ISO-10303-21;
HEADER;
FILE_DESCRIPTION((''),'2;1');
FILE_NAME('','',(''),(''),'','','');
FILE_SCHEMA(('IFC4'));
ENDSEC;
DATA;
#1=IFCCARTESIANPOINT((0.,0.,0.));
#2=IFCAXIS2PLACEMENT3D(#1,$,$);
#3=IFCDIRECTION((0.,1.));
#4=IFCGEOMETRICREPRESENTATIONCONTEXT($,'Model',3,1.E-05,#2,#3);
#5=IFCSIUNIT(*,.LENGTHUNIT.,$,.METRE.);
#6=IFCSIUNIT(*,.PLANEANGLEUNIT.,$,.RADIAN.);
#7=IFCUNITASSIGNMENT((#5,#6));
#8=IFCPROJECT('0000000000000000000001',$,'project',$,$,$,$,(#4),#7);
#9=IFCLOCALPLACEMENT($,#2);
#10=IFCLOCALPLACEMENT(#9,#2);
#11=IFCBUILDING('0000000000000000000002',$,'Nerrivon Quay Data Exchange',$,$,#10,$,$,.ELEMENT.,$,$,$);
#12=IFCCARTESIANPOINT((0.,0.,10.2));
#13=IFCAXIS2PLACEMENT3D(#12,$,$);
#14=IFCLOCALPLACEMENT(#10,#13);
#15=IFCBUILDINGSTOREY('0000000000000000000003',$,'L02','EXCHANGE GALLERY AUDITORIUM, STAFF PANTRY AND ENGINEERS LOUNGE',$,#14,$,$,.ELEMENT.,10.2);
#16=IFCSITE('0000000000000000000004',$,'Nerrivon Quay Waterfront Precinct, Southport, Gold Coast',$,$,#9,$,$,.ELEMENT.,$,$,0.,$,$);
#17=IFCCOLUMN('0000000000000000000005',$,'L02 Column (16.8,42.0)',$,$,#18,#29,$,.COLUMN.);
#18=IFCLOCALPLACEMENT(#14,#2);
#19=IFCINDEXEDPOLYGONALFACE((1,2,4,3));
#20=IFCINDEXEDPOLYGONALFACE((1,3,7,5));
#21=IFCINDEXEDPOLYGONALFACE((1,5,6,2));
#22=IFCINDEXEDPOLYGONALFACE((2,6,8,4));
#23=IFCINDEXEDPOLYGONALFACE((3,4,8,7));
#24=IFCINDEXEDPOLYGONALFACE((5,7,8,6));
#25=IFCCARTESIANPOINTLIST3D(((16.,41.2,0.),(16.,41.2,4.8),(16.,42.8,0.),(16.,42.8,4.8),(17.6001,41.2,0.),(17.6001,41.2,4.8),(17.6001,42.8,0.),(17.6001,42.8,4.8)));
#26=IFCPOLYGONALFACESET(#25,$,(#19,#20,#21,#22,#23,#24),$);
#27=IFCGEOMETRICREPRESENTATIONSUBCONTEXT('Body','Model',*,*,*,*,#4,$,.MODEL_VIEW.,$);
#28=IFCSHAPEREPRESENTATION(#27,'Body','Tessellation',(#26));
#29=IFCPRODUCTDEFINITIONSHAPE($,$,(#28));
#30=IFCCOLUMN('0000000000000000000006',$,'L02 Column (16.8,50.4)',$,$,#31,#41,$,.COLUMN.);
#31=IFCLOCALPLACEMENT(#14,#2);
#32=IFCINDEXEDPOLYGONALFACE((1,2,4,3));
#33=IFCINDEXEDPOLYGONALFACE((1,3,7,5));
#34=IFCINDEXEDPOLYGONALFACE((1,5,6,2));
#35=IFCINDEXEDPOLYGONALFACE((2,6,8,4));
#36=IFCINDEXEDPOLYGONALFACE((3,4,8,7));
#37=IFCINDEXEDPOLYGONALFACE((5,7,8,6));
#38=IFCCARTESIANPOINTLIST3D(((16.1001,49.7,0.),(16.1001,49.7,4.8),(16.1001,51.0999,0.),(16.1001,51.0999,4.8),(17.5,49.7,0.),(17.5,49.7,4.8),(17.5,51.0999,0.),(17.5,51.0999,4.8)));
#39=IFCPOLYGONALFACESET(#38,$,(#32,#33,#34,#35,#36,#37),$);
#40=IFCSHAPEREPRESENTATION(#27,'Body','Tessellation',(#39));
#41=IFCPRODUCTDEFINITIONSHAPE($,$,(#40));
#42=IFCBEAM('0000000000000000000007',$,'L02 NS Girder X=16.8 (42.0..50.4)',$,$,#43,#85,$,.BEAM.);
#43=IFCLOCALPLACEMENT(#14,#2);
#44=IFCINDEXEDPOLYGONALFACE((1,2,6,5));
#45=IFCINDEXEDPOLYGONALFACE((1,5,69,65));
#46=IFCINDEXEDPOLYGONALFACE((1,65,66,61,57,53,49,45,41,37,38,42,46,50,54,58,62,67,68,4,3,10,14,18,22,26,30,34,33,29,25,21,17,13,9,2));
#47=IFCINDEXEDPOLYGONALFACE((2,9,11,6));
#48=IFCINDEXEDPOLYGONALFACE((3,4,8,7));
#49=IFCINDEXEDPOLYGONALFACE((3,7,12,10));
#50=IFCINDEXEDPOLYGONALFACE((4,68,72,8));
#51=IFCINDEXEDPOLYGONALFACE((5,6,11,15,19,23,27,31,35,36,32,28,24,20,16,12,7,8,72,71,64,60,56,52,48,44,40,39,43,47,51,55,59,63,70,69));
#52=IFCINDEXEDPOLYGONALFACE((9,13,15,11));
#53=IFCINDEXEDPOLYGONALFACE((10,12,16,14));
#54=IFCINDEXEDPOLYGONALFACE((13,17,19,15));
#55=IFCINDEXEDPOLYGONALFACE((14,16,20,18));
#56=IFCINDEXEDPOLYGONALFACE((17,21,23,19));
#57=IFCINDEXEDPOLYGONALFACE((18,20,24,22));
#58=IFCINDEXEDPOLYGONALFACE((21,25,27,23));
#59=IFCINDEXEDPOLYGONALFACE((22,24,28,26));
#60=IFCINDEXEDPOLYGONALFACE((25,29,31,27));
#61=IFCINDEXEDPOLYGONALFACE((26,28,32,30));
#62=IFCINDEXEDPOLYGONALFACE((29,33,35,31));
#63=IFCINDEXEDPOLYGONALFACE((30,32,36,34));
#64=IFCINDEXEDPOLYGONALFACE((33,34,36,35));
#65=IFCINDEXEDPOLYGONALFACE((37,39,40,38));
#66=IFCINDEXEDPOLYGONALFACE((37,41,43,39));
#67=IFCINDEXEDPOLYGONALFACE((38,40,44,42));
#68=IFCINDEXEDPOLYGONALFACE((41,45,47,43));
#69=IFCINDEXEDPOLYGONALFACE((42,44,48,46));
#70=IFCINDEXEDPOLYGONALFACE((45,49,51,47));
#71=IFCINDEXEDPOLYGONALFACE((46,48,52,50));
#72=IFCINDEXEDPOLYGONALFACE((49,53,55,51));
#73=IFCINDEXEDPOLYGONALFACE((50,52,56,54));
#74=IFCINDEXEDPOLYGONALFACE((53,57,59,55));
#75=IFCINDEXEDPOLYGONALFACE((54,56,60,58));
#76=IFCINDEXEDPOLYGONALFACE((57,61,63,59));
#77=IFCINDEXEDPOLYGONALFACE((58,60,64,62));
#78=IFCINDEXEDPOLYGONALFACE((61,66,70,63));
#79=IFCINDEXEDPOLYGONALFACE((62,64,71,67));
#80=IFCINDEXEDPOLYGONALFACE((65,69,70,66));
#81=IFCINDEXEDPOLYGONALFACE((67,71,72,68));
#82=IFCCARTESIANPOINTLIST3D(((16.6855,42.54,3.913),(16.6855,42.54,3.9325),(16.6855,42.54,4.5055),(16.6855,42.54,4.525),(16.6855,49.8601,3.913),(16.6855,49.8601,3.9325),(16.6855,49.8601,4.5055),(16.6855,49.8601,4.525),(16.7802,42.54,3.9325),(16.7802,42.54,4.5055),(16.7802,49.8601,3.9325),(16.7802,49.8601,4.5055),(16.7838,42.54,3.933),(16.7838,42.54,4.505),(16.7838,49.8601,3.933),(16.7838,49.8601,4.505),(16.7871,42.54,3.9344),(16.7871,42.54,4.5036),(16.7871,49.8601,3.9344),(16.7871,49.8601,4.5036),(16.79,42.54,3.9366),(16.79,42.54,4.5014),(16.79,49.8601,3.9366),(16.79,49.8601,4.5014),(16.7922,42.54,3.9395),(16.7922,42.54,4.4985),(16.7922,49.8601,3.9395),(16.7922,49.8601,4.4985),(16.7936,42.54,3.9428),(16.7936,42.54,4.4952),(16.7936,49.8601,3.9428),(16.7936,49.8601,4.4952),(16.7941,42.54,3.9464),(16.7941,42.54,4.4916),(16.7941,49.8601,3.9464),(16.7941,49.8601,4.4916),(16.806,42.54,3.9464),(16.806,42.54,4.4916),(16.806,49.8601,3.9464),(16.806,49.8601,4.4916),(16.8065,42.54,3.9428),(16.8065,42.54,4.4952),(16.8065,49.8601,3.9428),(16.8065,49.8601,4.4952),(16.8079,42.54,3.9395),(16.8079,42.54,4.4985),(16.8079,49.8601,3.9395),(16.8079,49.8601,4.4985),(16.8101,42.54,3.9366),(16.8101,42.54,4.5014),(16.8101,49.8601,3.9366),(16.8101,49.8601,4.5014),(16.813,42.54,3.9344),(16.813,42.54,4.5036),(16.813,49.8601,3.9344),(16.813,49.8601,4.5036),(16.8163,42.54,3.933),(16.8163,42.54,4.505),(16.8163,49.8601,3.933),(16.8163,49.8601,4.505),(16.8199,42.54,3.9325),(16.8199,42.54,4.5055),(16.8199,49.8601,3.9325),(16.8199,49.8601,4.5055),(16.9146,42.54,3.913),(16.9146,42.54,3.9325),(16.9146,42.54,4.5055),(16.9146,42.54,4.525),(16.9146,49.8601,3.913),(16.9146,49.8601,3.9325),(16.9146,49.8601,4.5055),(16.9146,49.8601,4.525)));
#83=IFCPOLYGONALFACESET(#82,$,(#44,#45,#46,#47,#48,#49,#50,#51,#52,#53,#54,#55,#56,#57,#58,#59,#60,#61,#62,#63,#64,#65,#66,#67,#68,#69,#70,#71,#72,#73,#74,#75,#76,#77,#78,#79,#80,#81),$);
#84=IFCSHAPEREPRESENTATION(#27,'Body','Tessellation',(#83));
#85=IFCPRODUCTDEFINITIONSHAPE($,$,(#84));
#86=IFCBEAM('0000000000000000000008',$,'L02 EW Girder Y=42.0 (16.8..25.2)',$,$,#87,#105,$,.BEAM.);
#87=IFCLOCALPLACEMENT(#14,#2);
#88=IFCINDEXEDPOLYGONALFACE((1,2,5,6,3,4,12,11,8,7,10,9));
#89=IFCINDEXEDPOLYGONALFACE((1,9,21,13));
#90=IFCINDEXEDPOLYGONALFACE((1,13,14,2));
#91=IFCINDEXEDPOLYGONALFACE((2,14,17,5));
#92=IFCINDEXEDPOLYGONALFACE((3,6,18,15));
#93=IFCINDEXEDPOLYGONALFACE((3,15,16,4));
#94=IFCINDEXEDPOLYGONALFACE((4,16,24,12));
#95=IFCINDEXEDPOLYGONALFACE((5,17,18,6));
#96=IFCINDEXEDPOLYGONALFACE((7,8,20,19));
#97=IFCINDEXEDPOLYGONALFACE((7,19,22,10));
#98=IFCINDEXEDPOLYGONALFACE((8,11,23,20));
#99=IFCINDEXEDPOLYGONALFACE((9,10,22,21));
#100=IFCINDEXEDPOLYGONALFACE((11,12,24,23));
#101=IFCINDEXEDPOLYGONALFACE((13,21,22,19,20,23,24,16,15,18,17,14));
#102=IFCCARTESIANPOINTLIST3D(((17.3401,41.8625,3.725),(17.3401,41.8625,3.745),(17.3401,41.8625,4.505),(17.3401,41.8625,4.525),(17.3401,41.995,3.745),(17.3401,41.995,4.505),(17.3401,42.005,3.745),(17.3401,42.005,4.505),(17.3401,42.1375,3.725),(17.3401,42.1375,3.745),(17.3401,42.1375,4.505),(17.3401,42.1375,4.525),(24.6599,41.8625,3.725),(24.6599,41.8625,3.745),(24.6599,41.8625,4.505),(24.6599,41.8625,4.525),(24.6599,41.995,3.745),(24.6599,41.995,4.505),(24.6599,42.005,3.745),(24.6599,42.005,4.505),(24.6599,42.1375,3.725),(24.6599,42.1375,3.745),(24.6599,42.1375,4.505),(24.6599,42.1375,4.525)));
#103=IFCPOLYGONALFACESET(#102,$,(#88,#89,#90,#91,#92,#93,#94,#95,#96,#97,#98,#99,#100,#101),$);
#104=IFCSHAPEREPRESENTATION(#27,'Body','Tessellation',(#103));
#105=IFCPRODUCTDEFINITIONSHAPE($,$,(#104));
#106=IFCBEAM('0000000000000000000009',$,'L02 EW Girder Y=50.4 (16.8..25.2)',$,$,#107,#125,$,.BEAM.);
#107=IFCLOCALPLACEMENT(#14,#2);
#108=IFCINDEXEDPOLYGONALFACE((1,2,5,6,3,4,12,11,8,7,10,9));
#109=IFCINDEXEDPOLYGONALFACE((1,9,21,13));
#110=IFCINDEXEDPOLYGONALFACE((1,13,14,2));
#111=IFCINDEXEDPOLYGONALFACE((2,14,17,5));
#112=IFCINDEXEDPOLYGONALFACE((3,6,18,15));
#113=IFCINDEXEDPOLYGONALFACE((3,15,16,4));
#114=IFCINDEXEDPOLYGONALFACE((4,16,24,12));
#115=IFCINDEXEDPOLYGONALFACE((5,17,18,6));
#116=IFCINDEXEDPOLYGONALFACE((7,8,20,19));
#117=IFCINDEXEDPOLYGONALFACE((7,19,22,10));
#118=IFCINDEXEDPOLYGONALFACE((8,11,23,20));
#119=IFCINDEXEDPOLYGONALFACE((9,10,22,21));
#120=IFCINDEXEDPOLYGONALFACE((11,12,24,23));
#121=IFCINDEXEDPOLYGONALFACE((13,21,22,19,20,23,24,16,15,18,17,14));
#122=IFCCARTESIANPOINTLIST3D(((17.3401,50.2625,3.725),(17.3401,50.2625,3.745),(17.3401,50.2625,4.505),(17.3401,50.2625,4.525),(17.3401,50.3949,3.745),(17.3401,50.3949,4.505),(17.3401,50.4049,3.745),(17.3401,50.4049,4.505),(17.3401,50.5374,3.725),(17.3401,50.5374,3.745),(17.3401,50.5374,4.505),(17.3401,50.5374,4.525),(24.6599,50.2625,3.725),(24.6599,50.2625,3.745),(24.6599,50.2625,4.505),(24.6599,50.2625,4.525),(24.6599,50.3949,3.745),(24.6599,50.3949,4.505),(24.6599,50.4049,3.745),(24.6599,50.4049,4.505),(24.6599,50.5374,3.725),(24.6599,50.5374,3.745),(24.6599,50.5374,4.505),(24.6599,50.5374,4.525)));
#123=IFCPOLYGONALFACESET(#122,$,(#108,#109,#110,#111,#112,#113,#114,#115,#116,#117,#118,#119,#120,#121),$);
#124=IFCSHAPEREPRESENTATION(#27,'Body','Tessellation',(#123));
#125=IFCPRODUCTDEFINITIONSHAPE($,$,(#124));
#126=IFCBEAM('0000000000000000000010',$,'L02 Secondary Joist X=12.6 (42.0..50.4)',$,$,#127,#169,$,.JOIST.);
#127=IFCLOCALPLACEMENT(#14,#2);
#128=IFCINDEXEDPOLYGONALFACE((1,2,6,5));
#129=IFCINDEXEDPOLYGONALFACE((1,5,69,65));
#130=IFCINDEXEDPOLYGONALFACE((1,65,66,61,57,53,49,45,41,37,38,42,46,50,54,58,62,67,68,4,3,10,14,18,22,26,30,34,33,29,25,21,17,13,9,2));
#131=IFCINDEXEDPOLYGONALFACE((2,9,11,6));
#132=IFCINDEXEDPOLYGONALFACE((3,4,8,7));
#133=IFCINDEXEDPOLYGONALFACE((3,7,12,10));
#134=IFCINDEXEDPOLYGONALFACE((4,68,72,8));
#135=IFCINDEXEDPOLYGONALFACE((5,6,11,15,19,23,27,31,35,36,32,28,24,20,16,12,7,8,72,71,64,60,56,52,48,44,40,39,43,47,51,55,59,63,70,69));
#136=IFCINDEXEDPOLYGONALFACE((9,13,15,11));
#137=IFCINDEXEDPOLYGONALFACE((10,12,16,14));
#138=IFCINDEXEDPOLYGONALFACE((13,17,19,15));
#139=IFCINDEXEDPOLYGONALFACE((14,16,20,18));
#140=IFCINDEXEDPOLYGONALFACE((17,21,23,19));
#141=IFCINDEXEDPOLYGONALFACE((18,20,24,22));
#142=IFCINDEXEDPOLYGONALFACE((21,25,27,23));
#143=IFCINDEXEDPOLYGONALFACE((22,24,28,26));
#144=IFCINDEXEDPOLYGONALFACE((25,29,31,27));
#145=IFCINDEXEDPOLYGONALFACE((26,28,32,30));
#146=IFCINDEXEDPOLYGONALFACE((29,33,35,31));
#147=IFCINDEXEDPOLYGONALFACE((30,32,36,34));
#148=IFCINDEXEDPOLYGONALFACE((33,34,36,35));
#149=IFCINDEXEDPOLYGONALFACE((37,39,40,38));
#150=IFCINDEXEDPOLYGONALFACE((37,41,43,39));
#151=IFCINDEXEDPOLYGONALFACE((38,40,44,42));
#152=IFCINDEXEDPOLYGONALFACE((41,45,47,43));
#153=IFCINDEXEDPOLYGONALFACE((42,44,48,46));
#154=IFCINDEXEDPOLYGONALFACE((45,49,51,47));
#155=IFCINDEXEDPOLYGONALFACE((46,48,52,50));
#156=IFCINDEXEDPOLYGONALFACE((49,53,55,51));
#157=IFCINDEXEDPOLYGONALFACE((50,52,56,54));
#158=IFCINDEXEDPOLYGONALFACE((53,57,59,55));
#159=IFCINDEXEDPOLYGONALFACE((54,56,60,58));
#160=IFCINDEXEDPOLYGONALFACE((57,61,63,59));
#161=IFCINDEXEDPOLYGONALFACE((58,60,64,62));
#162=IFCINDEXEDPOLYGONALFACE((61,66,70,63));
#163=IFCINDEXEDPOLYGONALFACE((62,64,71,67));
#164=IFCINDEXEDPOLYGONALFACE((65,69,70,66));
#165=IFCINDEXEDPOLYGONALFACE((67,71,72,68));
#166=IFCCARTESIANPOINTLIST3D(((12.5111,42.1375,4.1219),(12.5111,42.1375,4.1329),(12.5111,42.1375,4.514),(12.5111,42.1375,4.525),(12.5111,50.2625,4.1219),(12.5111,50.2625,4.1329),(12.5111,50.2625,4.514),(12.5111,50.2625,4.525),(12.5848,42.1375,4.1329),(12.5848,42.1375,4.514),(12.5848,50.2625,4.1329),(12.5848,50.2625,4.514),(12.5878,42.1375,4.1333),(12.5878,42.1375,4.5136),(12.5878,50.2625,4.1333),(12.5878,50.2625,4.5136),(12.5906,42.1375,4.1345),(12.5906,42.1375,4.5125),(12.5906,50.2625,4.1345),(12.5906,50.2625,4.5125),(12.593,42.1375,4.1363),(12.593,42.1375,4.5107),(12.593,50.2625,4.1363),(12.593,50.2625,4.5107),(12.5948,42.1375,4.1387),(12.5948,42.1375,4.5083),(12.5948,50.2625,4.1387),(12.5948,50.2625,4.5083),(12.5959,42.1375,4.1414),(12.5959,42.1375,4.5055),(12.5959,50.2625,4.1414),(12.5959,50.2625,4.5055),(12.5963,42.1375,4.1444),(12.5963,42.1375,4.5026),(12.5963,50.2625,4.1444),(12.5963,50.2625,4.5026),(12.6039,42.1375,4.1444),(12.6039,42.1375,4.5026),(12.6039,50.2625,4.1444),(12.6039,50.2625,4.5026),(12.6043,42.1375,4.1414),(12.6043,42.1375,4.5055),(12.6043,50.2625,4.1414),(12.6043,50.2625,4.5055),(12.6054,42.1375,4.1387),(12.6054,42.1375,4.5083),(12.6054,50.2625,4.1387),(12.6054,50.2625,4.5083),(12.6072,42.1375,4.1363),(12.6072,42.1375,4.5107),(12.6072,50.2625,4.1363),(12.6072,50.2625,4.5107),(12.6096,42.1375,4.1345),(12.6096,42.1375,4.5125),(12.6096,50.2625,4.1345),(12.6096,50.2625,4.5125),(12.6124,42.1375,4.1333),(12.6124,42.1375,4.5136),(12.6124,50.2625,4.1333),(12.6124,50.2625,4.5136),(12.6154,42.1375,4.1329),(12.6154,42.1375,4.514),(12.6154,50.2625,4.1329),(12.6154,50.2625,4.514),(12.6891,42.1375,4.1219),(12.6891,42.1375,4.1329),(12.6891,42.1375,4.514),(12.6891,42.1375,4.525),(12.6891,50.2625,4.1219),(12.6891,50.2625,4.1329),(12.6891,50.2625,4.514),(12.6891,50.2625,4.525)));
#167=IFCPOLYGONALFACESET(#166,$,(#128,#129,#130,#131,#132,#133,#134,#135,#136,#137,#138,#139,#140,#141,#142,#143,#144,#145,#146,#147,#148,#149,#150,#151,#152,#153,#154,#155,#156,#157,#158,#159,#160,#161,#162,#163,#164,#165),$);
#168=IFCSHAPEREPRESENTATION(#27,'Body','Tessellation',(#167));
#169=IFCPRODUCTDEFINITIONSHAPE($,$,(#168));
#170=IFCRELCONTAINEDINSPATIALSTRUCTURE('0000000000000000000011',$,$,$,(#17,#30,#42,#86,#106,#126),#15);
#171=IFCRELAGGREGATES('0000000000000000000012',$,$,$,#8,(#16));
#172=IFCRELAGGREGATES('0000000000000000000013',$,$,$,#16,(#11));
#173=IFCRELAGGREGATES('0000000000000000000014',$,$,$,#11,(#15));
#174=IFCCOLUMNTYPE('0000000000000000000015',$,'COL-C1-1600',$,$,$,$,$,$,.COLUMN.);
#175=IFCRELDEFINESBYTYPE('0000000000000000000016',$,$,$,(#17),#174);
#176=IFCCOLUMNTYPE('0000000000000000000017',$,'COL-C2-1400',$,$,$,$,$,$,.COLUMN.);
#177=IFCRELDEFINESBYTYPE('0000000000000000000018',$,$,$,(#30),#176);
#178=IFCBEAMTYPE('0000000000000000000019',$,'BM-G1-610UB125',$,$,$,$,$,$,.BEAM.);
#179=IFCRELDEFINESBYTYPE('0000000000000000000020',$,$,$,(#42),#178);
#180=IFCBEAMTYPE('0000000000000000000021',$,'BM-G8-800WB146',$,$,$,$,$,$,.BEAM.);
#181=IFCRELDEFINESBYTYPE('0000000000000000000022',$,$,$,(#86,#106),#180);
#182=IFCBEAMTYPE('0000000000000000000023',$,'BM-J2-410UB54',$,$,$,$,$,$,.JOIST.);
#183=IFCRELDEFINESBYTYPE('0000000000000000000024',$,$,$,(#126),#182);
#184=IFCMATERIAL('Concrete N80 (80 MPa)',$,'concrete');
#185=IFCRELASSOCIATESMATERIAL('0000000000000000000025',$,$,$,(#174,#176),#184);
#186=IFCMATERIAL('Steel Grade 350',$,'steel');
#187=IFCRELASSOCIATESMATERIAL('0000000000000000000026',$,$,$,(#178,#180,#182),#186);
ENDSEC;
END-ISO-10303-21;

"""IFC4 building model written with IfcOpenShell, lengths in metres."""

from ifc_helpers import new_model, si_unit, direction, frame, origin, origin_2d, place, context, subcontext, project, spatial, rectangle, i_section, extrude, material, material_profile, profile_set, type_object, element, save


model = new_model("IFC4")

# Units and contexts
model_context = context("Model", 3, precision=1e-05, world=origin(), true_north=direction((0.0, 1.0)))
body_context = subcontext(model_context, "Body", "Model", "MODEL_VIEW")
ifc_project = project(units=[si_unit("LENGTHUNIT", "METRE"), si_unit("PLANEANGLEUNIT", "RADIAN")], contexts=[model_context])

# Site, building, storey
site_placement = place(None, origin())
site = spatial("IfcSite", under=ifc_project, at=site_placement, Name="Nerrivon Quay Waterfront Precinct, Southport, Gold Coast", CompositionType="ELEMENT", RefElevation=0.0)
building_placement = place(site_placement, origin())
building = spatial("IfcBuilding", under=site, at=building_placement, Name="Nerrivon Quay Data Exchange", CompositionType="ELEMENT")
storey_placement = place(building_placement, frame((0.0, 0.0, 10.2)))
storey = spatial("IfcBuildingStorey", under=building, at=storey_placement, Name="L02", Description="EXCHANGE GALLERY AUDITORIUM, STAFF PANTRY AND ENGINEERS LOUNGE", CompositionType="ELEMENT", Elevation=10.2)

# Columns
ifc_material_1 = material(Name="Concrete N80 (80 MPa)", Category="concrete")
ifc_material_profile_1 = material_profile(ifc_material_1, rectangle(XDim=1.6001, YDim=1.6001, at=origin_2d()), Name="RC-COL-1600x1600")
ifc_profile_set_1 = profile_set([ifc_material_profile_1], Name="Concrete N80 (80 MPa)")
column_type_1 = type_object("IfcColumnType", Name="COL-C1-1600", PredefinedType="COLUMN", material=ifc_profile_set_1)
column_1_placement = place(storey_placement, frame((16.8, 42.0, 0.0), z_axis=(0.0, 0.0, 1.0), x_axis=(1.0, 0.0, 0.0)))
element("IfcColumn", 1, at=column_1_placement, inside=storey, type_object=column_type_1, Name="L02 Column (16.8,42.0)", PredefinedType="COLUMN", context=body_context, shape_type="SweptSolid", body=[
    extrude(rectangle(XDim=1.6001, YDim=1.6001, at=origin_2d()), origin(), (0.0, 0.0, 1.0), 4.8),
])
ifc_material_profile_2 = material_profile(ifc_material_1, rectangle(XDim=1.3999, YDim=1.3999, at=origin_2d()), Name="RC-COL-1400x1400")
ifc_profile_set_2 = profile_set([ifc_material_profile_2], Name="Concrete N80 (80 MPa)")
column_type_2 = type_object("IfcColumnType", Name="COL-C2-1400", PredefinedType="COLUMN", material=ifc_profile_set_2)
column_2_placement = place(storey_placement, frame((16.8, 50.3999, 0.0), z_axis=(0.0, 0.0, 1.0), x_axis=(1.0, 0.0, 0.0)))
element("IfcColumn", 2, at=column_2_placement, inside=storey, type_object=column_type_2, Name="L02 Column (16.8,50.4)", PredefinedType="COLUMN", context=body_context, shape_type="SweptSolid", body=[
    extrude(rectangle(XDim=1.3999, YDim=1.3999, at=origin_2d()), origin(), (0.0, 0.0, 1.0), 4.8),
])

# Beams
ifc_material_2 = material(Name="Steel Grade 350", Category="steel")
ifc_material_profile_3 = material_profile(ifc_material_2, i_section(OverallWidth=0.229, OverallDepth=0.6121, WebThickness=0.012, FlangeThickness=0.0195, FilletRadius=0.0139, at=origin_2d()), Name="610UB125")
ifc_profile_set_3 = profile_set([ifc_material_profile_3], Name="Steel Grade 350")
beam_type_1 = type_object("IfcBeamType", Name="BM-G1-610UB125", PredefinedType="BEAM", material=ifc_profile_set_3)
beam_placement = place(storey_placement, frame((16.8, 42.54, 4.219), z_axis=(0.0, 1.0, 0.0), x_axis=(-1.0, 0.0, 0.0)))
element("IfcBeam", 3, at=beam_placement, inside=storey, type_object=beam_type_1, Name="L02 NS Girder X=16.8 (42.0..50.4)", PredefinedType="BEAM", context=body_context, shape_type="SweptSolid", body=[
    extrude(i_section(OverallWidth=0.229, OverallDepth=0.6121, WebThickness=0.012, FlangeThickness=0.0195, FilletRadius=0.0139, at=origin_2d()), origin(), (0.0, 0.0, 1.0), 7.3201),
])
ifc_material_profile_4 = material_profile(ifc_material_2, i_section(OverallWidth=0.2749, OverallDepth=0.8, WebThickness=0.01, FlangeThickness=0.02, at=origin_2d()), Name="800WB146")
ifc_profile_set_4 = profile_set([ifc_material_profile_4], Name="Steel Grade 350")
beam_type_2 = type_object("IfcBeamType", Name="BM-G8-800WB146", PredefinedType="BEAM", material=ifc_profile_set_4)
for number, where, z_axis, x_axis, name in (
    (4, (17.3401, 42.0, 4.125), (1.0, 0.0, 0.0), (0.0, 1.0, 0.0), "L02 EW Girder Y=42.0 (16.8..25.2)"),
    (5, (17.3401, 50.3999, 4.125), (1.0, 0.0, 0.0), (0.0, 1.0, 0.0), "L02 EW Girder Y=50.4 (16.8..25.2)"),
):
    element("IfcBeam", number, at=place(storey_placement, frame(where, z_axis=z_axis, x_axis=x_axis)), inside=storey, type_object=beam_type_2, Name=name, PredefinedType="BEAM", context=body_context, shape_type="SweptSolid", body=[
        extrude(i_section(OverallWidth=0.2749, OverallDepth=0.8, WebThickness=0.01, FlangeThickness=0.02, at=origin_2d()), origin(), (0.0, 0.0, 1.0), 7.3198),
    ])
ifc_material_profile_5 = material_profile(ifc_material_2, i_section(OverallWidth=0.178, OverallDepth=0.4031, WebThickness=0.0076, FlangeThickness=0.011, FilletRadius=0.0115, at=origin_2d()), Name="410UB53.7")
ifc_profile_set_5 = profile_set([ifc_material_profile_5], Name="Steel Grade 350")
beam_type_3 = type_object("IfcBeamType", Name="BM-J2-410UB54", PredefinedType="JOIST", material=ifc_profile_set_5)
for number, where, z_axis, x_axis, name in (
    (6, (12.6001, 42.1375, 4.3235), (0.0, 1.0, 0.0), (-1.0, 0.0, 0.0), "L02 Secondary Joist X=12.6 (42.0..50.4)"),
):
    element("IfcBeam", number, at=place(storey_placement, frame(where, z_axis=z_axis, x_axis=x_axis)), inside=storey, type_object=beam_type_3, Name=name, PredefinedType="JOIST", context=body_context, shape_type="SweptSolid", body=[
        extrude(i_section(OverallWidth=0.178, OverallDepth=0.4031, WebThickness=0.0076, FlangeThickness=0.011, FilletRadius=0.0115, at=origin_2d()), origin(), (0.0, 0.0, 1.0), 8.125),
    ])

save(model, "model.ifc")
